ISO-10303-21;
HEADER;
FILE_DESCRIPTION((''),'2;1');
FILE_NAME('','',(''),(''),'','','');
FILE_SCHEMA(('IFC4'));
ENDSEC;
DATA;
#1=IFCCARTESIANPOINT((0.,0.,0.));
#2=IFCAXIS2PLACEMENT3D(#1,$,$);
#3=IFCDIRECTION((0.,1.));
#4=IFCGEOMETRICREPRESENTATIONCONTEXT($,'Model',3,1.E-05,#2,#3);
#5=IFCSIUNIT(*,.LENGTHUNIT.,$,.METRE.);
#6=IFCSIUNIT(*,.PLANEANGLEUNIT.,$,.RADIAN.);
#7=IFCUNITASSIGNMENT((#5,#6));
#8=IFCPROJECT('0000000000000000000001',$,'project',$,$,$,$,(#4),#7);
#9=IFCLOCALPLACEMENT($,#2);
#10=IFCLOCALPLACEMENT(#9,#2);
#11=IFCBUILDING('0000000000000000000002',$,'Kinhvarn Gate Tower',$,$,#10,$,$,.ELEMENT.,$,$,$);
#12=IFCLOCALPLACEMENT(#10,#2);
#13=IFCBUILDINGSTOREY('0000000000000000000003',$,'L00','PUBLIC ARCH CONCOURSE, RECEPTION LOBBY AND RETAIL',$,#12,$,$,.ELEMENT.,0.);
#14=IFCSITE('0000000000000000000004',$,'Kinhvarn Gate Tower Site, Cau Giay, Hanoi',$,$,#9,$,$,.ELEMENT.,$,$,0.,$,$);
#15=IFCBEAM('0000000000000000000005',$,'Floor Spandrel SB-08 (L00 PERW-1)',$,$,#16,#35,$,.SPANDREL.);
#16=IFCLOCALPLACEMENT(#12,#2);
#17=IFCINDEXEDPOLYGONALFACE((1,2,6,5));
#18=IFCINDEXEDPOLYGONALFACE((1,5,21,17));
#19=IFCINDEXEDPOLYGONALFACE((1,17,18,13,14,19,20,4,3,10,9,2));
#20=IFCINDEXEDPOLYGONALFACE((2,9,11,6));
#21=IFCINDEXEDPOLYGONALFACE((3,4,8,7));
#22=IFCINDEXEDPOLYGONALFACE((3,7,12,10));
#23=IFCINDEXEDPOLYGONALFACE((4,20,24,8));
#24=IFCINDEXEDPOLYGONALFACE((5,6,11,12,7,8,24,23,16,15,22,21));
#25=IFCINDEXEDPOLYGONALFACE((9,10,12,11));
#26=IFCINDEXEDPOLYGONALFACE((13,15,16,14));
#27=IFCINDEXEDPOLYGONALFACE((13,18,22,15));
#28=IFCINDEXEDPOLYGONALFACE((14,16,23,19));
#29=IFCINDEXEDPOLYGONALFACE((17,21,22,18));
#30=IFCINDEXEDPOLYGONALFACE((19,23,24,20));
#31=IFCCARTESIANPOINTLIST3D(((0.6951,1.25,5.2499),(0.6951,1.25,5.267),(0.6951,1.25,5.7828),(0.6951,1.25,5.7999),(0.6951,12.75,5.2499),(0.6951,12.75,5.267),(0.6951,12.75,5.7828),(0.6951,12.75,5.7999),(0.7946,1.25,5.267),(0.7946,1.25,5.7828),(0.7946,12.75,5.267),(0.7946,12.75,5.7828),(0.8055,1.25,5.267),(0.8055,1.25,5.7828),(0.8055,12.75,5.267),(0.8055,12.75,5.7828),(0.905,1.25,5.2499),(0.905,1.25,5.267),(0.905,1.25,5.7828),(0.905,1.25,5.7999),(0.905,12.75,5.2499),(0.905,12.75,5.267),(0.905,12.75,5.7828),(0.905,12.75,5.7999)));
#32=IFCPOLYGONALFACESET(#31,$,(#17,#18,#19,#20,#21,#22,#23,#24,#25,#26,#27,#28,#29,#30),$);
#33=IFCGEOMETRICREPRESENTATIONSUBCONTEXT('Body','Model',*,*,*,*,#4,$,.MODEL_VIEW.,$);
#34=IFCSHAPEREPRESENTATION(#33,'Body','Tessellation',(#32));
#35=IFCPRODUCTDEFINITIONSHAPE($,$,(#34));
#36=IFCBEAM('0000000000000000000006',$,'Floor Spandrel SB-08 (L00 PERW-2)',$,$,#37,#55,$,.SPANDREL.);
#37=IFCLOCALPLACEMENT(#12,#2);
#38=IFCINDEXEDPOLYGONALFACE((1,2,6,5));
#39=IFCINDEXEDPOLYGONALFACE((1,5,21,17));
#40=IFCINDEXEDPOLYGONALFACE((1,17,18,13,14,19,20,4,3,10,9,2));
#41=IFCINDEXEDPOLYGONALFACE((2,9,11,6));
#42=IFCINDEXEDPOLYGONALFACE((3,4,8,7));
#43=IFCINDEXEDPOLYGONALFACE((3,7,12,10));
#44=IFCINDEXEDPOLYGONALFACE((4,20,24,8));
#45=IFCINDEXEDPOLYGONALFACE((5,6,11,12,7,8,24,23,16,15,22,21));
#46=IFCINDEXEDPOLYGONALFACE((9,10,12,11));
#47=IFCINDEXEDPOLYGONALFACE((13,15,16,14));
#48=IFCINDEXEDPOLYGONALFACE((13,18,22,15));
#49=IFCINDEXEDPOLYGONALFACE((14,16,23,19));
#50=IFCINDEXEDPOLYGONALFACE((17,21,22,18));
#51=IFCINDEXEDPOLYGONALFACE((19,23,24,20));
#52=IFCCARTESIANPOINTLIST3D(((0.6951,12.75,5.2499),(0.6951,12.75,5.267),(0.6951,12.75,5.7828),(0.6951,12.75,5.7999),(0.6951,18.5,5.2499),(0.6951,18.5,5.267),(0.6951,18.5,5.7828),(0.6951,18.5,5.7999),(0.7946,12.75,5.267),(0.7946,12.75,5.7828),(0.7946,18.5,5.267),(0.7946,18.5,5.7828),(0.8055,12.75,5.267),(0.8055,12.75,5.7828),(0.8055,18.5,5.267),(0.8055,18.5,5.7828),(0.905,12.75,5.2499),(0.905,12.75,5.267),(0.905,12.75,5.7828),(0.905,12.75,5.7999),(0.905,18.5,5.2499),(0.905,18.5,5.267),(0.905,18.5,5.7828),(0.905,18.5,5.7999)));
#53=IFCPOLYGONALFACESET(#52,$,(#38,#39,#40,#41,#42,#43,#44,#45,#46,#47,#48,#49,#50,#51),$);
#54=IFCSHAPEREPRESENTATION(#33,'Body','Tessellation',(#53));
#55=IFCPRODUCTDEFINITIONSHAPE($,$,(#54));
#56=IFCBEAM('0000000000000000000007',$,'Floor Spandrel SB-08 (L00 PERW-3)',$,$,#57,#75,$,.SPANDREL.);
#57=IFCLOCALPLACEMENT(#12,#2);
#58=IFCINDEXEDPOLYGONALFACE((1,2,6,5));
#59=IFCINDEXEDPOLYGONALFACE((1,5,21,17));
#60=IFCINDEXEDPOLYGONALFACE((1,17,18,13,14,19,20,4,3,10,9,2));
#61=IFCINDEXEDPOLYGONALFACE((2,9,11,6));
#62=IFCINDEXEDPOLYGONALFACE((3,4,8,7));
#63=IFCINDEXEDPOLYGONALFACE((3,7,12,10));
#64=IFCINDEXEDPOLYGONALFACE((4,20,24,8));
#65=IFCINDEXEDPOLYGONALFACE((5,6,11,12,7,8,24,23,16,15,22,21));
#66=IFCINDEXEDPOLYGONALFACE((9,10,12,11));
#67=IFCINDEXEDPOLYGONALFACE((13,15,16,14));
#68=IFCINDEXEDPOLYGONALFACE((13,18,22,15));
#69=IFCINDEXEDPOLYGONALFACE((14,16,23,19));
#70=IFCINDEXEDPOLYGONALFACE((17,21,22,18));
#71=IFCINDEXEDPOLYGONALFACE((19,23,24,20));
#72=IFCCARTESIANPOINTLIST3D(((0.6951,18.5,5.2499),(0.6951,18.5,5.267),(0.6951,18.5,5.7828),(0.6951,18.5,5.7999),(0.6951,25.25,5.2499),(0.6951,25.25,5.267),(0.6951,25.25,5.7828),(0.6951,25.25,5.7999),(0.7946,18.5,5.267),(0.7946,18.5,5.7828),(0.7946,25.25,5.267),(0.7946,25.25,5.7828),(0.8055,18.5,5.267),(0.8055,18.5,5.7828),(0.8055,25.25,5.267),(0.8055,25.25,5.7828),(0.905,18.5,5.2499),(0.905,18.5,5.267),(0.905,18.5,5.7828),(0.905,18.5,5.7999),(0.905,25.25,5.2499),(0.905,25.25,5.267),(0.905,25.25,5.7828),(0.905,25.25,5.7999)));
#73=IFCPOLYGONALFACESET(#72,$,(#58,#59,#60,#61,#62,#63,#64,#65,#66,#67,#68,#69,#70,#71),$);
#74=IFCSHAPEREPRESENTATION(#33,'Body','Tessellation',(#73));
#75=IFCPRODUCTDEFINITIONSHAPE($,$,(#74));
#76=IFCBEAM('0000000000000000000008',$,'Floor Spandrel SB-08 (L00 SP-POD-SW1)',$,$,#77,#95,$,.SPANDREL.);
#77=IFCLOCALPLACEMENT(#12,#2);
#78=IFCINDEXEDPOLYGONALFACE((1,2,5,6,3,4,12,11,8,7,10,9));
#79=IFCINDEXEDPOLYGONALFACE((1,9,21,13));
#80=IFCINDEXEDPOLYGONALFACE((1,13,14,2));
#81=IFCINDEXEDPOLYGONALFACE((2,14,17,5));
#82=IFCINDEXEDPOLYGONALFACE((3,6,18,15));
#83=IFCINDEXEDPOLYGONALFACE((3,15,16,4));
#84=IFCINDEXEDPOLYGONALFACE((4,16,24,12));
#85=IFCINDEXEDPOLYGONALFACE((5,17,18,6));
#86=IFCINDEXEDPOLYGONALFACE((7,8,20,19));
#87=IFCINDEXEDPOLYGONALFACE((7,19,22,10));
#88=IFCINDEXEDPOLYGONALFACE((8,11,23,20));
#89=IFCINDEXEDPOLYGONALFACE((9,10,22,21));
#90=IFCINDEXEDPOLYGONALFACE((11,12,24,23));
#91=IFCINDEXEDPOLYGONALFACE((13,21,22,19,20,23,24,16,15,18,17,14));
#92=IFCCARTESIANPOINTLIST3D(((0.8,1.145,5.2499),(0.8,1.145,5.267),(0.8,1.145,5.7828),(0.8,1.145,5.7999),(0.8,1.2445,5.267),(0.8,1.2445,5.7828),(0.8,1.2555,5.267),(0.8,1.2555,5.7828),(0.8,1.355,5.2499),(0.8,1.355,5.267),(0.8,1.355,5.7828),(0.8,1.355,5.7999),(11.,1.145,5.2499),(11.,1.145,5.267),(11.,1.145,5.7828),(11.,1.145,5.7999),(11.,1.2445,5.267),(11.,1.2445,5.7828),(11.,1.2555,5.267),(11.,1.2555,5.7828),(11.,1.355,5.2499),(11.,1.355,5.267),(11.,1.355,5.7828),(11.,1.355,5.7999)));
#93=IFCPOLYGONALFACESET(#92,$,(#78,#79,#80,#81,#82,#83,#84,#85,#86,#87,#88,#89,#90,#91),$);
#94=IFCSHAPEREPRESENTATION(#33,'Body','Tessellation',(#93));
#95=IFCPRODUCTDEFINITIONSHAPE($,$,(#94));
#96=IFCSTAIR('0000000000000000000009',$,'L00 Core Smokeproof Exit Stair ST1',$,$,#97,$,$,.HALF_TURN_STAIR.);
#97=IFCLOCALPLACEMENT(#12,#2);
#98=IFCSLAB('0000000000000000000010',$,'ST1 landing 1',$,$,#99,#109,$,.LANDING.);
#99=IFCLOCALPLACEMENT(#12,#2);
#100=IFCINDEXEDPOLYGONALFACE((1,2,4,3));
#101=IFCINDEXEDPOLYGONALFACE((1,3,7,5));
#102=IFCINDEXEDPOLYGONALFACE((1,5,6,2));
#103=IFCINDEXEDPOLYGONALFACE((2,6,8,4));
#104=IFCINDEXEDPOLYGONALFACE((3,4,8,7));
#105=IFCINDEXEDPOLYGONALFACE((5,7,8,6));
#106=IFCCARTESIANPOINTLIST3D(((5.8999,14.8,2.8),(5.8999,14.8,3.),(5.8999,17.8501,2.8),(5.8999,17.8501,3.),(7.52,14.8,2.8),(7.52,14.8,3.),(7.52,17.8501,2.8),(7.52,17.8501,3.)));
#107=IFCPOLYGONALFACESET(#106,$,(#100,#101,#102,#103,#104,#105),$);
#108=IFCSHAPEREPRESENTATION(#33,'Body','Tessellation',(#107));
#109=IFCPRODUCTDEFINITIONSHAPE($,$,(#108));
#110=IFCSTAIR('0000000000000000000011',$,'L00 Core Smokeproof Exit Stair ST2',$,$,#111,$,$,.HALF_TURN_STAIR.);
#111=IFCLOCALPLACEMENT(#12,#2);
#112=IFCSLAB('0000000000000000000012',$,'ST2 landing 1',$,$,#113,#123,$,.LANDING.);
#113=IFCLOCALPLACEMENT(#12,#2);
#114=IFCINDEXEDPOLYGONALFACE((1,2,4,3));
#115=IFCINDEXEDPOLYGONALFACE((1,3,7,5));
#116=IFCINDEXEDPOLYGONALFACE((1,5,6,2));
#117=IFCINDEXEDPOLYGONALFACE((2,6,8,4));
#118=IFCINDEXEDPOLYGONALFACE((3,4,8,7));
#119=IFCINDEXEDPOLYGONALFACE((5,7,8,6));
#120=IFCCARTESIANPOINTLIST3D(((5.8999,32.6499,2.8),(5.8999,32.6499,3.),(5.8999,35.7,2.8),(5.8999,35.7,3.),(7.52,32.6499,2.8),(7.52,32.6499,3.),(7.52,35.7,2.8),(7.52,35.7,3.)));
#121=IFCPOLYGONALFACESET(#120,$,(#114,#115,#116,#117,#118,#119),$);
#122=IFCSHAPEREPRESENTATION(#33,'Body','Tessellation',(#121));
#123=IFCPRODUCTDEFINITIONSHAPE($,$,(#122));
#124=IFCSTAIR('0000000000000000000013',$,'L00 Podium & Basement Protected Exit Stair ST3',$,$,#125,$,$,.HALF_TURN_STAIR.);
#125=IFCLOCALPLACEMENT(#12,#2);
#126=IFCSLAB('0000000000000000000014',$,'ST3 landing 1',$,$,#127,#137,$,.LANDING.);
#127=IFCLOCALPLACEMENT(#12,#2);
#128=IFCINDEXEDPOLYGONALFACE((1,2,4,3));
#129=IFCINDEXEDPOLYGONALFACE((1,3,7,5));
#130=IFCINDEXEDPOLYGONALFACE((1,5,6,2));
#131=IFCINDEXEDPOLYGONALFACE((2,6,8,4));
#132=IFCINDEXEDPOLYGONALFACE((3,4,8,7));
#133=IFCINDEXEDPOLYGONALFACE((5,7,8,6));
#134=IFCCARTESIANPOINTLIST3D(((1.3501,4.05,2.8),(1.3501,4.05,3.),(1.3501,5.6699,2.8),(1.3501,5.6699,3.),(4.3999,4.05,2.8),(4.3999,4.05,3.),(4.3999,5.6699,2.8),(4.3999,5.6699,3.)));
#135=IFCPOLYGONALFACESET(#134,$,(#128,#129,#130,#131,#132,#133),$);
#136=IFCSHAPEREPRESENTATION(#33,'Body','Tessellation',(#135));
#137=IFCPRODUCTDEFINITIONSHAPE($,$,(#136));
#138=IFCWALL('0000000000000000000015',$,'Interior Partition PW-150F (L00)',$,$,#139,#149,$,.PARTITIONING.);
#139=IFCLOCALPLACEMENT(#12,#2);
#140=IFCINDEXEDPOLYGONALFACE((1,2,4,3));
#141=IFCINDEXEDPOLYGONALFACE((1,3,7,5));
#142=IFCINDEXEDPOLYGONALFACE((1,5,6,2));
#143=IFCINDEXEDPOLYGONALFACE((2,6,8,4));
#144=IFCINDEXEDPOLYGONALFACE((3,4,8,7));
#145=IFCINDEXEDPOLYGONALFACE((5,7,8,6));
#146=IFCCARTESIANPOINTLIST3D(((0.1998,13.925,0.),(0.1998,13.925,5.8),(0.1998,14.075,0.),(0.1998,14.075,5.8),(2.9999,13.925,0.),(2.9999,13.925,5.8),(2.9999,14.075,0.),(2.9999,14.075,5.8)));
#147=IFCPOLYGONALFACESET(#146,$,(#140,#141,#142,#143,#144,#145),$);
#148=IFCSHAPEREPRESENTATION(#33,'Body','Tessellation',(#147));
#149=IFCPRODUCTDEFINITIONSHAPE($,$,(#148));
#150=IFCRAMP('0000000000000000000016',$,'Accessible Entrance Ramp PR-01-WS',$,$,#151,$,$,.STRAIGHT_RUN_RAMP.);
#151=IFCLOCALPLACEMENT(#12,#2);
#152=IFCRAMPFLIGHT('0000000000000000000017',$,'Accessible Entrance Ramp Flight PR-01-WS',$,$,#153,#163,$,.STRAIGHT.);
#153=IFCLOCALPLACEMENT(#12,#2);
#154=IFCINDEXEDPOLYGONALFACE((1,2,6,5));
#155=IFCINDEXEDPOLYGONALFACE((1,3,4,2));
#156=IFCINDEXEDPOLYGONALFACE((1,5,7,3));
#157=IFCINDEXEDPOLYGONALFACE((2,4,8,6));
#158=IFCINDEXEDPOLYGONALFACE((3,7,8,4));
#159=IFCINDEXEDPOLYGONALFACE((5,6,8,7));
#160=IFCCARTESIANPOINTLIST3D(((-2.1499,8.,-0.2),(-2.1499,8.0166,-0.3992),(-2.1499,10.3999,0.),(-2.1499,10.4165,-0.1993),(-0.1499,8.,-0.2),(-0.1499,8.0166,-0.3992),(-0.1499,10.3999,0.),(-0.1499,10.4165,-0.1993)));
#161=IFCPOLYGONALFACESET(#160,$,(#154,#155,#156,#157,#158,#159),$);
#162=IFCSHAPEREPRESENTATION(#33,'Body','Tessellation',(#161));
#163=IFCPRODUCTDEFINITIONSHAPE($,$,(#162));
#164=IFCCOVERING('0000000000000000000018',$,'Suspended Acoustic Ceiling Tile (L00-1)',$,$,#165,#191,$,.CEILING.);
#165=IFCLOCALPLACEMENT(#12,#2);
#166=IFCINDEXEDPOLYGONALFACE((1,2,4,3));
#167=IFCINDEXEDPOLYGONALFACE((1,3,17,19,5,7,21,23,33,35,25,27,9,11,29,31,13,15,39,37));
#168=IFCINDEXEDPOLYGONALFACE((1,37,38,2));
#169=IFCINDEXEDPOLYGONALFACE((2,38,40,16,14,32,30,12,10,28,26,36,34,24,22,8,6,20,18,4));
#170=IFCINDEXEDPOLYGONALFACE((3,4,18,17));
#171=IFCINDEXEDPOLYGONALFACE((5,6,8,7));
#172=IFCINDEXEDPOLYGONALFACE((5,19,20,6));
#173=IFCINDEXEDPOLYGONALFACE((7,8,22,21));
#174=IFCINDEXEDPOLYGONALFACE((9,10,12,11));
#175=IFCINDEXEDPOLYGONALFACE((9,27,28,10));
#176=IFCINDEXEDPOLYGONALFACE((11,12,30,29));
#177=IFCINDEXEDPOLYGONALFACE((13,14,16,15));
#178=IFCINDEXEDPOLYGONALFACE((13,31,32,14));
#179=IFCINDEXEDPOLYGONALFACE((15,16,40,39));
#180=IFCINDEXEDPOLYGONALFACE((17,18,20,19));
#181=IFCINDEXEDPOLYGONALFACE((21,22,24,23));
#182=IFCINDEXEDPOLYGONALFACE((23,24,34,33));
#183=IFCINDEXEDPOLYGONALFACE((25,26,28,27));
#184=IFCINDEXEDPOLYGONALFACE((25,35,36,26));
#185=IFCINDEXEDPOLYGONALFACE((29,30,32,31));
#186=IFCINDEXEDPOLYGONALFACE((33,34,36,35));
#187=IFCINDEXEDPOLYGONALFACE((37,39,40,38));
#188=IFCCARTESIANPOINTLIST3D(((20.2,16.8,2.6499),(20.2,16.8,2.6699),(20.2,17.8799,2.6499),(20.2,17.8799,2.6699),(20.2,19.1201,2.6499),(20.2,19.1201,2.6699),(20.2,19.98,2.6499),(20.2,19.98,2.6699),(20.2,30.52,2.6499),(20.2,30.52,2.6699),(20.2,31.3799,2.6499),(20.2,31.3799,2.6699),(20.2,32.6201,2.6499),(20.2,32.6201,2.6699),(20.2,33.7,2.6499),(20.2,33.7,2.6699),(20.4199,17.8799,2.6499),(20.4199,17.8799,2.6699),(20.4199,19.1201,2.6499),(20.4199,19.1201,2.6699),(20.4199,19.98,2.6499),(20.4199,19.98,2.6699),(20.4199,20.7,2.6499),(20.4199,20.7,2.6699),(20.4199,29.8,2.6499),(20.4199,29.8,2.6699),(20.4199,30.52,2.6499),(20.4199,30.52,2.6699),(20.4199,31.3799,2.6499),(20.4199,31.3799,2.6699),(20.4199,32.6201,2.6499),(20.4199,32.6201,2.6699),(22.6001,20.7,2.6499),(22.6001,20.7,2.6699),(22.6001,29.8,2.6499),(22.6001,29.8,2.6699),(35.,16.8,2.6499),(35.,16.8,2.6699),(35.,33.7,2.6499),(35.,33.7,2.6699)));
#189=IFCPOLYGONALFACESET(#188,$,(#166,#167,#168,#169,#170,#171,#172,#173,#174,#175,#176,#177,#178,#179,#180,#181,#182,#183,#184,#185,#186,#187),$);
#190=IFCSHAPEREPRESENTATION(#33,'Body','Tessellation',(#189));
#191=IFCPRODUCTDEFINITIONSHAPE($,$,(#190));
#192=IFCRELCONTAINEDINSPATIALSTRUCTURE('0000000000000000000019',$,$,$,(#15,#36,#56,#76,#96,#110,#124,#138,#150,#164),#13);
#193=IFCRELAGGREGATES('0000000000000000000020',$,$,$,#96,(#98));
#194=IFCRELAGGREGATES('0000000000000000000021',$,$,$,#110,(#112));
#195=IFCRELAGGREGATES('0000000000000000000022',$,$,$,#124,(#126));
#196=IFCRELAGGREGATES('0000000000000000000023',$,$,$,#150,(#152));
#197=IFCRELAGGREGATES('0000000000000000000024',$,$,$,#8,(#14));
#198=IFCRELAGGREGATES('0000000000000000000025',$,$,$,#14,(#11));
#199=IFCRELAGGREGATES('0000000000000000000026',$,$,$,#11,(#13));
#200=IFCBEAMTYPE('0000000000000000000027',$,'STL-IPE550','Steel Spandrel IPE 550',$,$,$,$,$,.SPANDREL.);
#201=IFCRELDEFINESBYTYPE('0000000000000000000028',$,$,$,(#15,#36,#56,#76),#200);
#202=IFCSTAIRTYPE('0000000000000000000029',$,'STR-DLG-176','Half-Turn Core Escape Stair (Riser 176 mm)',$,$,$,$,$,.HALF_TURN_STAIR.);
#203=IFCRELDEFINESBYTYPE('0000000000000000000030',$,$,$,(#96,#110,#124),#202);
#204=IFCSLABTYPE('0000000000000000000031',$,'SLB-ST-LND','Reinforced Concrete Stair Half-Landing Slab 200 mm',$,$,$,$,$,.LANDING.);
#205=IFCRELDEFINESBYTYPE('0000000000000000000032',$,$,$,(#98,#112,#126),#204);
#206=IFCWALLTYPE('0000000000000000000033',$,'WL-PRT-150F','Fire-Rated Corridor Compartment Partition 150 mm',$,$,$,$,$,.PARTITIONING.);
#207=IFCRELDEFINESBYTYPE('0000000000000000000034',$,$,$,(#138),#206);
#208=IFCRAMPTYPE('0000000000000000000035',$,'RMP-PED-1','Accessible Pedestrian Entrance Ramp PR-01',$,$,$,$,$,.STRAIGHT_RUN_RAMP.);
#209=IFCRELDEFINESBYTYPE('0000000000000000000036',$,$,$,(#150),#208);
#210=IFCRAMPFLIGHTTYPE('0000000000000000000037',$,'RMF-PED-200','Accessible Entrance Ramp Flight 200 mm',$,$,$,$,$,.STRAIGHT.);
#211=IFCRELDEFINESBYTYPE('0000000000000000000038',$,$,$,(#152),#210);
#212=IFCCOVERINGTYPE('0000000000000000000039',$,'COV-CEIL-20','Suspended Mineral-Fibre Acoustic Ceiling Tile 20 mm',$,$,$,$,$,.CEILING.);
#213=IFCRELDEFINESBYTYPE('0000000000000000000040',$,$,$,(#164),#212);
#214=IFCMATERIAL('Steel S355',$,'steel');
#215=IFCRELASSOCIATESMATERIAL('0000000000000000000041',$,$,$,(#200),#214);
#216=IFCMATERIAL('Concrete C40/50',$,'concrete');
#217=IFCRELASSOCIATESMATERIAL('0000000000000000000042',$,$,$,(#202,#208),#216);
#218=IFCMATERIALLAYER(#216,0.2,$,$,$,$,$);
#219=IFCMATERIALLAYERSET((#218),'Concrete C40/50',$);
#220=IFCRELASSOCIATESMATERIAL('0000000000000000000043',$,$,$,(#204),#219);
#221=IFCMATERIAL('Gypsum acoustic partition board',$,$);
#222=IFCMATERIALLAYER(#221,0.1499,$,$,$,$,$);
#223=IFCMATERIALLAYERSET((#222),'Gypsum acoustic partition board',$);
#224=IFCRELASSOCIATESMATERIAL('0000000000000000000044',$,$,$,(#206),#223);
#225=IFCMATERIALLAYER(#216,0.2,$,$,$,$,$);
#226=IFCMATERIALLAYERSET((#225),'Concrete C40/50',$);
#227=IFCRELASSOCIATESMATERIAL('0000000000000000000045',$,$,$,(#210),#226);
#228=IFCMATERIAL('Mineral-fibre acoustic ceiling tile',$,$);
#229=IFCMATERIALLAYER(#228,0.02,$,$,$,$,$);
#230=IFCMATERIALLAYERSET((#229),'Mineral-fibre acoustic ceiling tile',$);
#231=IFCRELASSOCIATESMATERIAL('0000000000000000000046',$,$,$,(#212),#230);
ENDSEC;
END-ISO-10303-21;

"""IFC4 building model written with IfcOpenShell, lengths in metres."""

from ifc_helpers import new_model, si_unit, direction, frame, frame_2d, origin, origin_2d, place, context, subcontext, project, spatial, polyline, rectangle, i_section, outline, extrude, material, layer, layer_set, material_profile, profile_set, type_object, element, aggregate, save


model = new_model("IFC4")

# Units and contexts
model_context = context("Model", 3, precision=1e-05, world=origin(), true_north=direction((0.0, 1.0)))
body_context = subcontext(model_context, "Body", "Model", "MODEL_VIEW")
ifc_project = project(units=[si_unit("LENGTHUNIT", "METRE"), si_unit("PLANEANGLEUNIT", "RADIAN")], contexts=[model_context])

# Site, building, storey
site_placement = place(None, origin())
site = spatial("IfcSite", under=ifc_project, at=site_placement, Name="Kinhvarn Gate Tower Site, Cau Giay, Hanoi", CompositionType="ELEMENT", RefElevation=0.0)
building_placement = place(site_placement, origin())
building = spatial("IfcBuilding", under=site, at=building_placement, Name="Kinhvarn Gate Tower", CompositionType="ELEMENT")
storey_placement = place(building_placement, origin())
storey = spatial("IfcBuildingStorey", under=building, at=storey_placement, Name="L00", Description="PUBLIC ARCH CONCOURSE, RECEPTION LOBBY AND RETAIL", CompositionType="ELEMENT", Elevation=0.0)

# Beams
ifc_material_1 = material(Name="Steel S355", Category="steel")
ifc_material_profile_1 = material_profile(ifc_material_1, i_section(OverallWidth=0.21, OverallDepth=0.55, WebThickness=0.011, FlangeThickness=0.0171, at=origin_2d()), Name="IPE 550")
ifc_profile_set_1 = profile_set([ifc_material_profile_1], Name="Steel S355")
beam_type_1 = type_object("IfcBeamType", Name="STL-IPE550", Description="Steel Spandrel IPE 550", PredefinedType="SPANDREL", material=ifc_profile_set_1)
beam_1_placement = place(storey_placement, frame((0.8, 1.25, 5.5249), z_axis=(0.0, 1.0, 0.0), x_axis=(-1.0, 0.0, 0.0)))
element("IfcBeam", 1, at=beam_1_placement, inside=storey, type_object=beam_type_1, Name="Floor Spandrel SB-08 (L00 PERW-1)", PredefinedType="SPANDREL", context=body_context, shape_type="SweptSolid", body=[
    extrude(i_section(OverallWidth=0.21, OverallDepth=0.55, WebThickness=0.011, FlangeThickness=0.0171, at=origin_2d()), origin(), (0.0, 0.0, 1.0), 11.5),
])
beam_2_placement = place(storey_placement, frame((0.8, 12.75, 5.5249), z_axis=(0.0, 1.0, 0.0), x_axis=(-1.0, 0.0, 0.0)))
element("IfcBeam", 2, at=beam_2_placement, inside=storey, type_object=beam_type_1, Name="Floor Spandrel SB-08 (L00 PERW-2)", PredefinedType="SPANDREL", context=body_context, shape_type="SweptSolid", body=[
    extrude(i_section(OverallWidth=0.21, OverallDepth=0.55, WebThickness=0.011, FlangeThickness=0.0171, at=origin_2d()), origin(), (0.0, 0.0, 1.0), 5.75),
])
beam_3_placement = place(storey_placement, frame((0.8, 18.5, 5.5249), z_axis=(0.0, 1.0, 0.0), x_axis=(-1.0, 0.0, 0.0)))
element("IfcBeam", 3, at=beam_3_placement, inside=storey, type_object=beam_type_1, Name="Floor Spandrel SB-08 (L00 PERW-3)", PredefinedType="SPANDREL", context=body_context, shape_type="SweptSolid", body=[
    extrude(i_section(OverallWidth=0.21, OverallDepth=0.55, WebThickness=0.011, FlangeThickness=0.0171, at=origin_2d()), origin(), (0.0, 0.0, 1.0), 6.75),
])
beam_4_placement = place(storey_placement, frame((0.8, 1.25, 5.5249), z_axis=(1.0, 0.0, 0.0), x_axis=(0.0, 1.0, 0.0)))
element("IfcBeam", 4, at=beam_4_placement, inside=storey, type_object=beam_type_1, Name="Floor Spandrel SB-08 (L00 SP-POD-SW1)", PredefinedType="SPANDREL", context=body_context, shape_type="SweptSolid", body=[
    extrude(i_section(OverallWidth=0.21, OverallDepth=0.55, WebThickness=0.011, FlangeThickness=0.0171, at=origin_2d()), origin(), (0.0, 0.0, 1.0), 10.2),
])

# Stairs, slabs
ifc_material_2 = material(Name="Concrete C40/50", Category="concrete")
stair_type = type_object("IfcStairType", Name="STR-DLG-176", Description="Half-Turn Core Escape Stair (Riser 176 mm)", PredefinedType="HALF_TURN_STAIR", material=ifc_material_2)
stair_1_placement = place(storey_placement, origin())
stair_1 = element("IfcStair", 5, at=stair_1_placement, inside=storey, type_object=stair_type, Name="L00 Core Smokeproof Exit Stair ST1", PredefinedType="HALF_TURN_STAIR")
ifc_layer_1 = layer(ifc_material_2, 0.2)
ifc_layer_set_1 = layer_set([ifc_layer_1], Name="Concrete C40/50")
slab_type = type_object("IfcSlabType", Name="SLB-ST-LND", Description="Reinforced Concrete Stair Half-Landing Slab 200 mm", PredefinedType="LANDING", material=ifc_layer_set_1)
slab_1_placement = place(storey_placement, frame((0.0, 0.0, 2.8)))
slab_1 = element("IfcSlab", 6, at=slab_1_placement, type_object=slab_type, Name="ST1 landing 1", PredefinedType="LANDING", context=body_context, shape_type="SweptSolid", body=[
    extrude(outline(polyline([(7.52, 17.8501), (5.8999, 17.8501), (5.8999, 14.8), (7.52, 14.8), (7.52, 17.8501)])), origin(), (0.0, 0.0, 1.0), 0.2),
])
aggregate(stair_1, [slab_1])
stair_2_placement = place(storey_placement, origin())
stair_2 = element("IfcStair", 7, at=stair_2_placement, inside=storey, type_object=stair_type, Name="L00 Core Smokeproof Exit Stair ST2", PredefinedType="HALF_TURN_STAIR")
slab_2_placement = place(storey_placement, frame((0.0, 0.0, 2.8)))
slab_2 = element("IfcSlab", 8, at=slab_2_placement, type_object=slab_type, Name="ST2 landing 1", PredefinedType="LANDING", context=body_context, shape_type="SweptSolid", body=[
    extrude(outline(polyline([(7.52, 35.7), (5.8999, 35.7), (5.8999, 32.6499), (7.52, 32.6499), (7.52, 35.7)])), origin(), (0.0, 0.0, 1.0), 0.2),
])
aggregate(stair_2, [slab_2])
stair_3_placement = place(storey_placement, origin())
stair_3 = element("IfcStair", 9, at=stair_3_placement, inside=storey, type_object=stair_type, Name="L00 Podium & Basement Protected Exit Stair ST3", PredefinedType="HALF_TURN_STAIR")
slab_3_placement = place(storey_placement, frame((0.0, 0.0, 2.8)))
slab_3 = element("IfcSlab", 10, at=slab_3_placement, type_object=slab_type, Name="ST3 landing 1", PredefinedType="LANDING", context=body_context, shape_type="SweptSolid", body=[
    extrude(outline(polyline([(1.3501, 5.6699), (1.3501, 4.05), (4.3999, 4.05), (4.3999, 5.6699), (1.3501, 5.6699)])), origin(), (0.0, 0.0, 1.0), 0.2),
])
aggregate(stair_3, [slab_3])

# Wall
ifc_material_3 = material(Name="Gypsum acoustic partition board")
ifc_layer_2 = layer(ifc_material_3, 0.1499)
ifc_layer_set_2 = layer_set([ifc_layer_2], Name="Gypsum acoustic partition board")
wall_type_1 = type_object("IfcWallType", Name="WL-PRT-150F", Description="Fire-Rated Corridor Compartment Partition 150 mm", PredefinedType="PARTITIONING", material=ifc_layer_set_2)
wall_1_placement = place(storey_placement, frame((0.2, 14.0, 0.0), z_axis=(0.0, 0.0, 1.0), x_axis=(1.0, 0.0, 0.0)))
element("IfcWall", 11, at=wall_1_placement, inside=storey, type_object=wall_type_1, Name="Interior Partition PW-150F (L00)", PredefinedType="PARTITIONING", context=body_context, shape_type="SweptSolid", body=[
    extrude(rectangle(XDim=2.8, YDim=0.1499, at=frame_2d((1.3999, 0.0))), origin(), (0.0, 0.0, 1.0), 5.8),
])

# Ramp, ramp flight
ramp_type = type_object("IfcRampType", Name="RMP-PED-1", Description="Accessible Pedestrian Entrance Ramp PR-01", PredefinedType="STRAIGHT_RUN_RAMP", material=ifc_material_2)
ramp_placement = place(storey_placement, origin())
ramp = element("IfcRamp", 12, at=ramp_placement, inside=storey, type_object=ramp_type, Name="Accessible Entrance Ramp PR-01-WS", PredefinedType="STRAIGHT_RUN_RAMP")
ifc_layer_3 = layer(ifc_material_2, 0.2)
ifc_layer_set_3 = layer_set([ifc_layer_3], Name="Concrete C40/50")
ramp_flight_type = type_object("IfcRampFlightType", Name="RMF-PED-200", Description="Accessible Entrance Ramp Flight 200 mm", PredefinedType="STRAIGHT", material=ifc_layer_set_3)
ramp_flight_placement = place(storey_placement, frame((-2.1499, 8.0, -0.2), z_axis=(0.0, -0.083029, 0.996547), x_axis=(1.0, 0.0, 0.0)))
ramp_flight = element("IfcRampFlight", 13, at=ramp_flight_placement, type_object=ramp_flight_type, Name="Accessible Entrance Ramp Flight PR-01-WS", PredefinedType="STRAIGHT", context=body_context, shape_type="SweptSolid", body=[
    extrude(outline(polyline([(0.0, 0.0), (2.0, 0.0), (2.0, 2.4082), (0.0, 2.4082), (0.0, 0.0)])), origin(), (0.0, 0.0, -1.0), 0.2),
])
aggregate(ramp, [ramp_flight])

# Covering
ifc_material_4 = material(Name="Mineral-fibre acoustic ceiling tile")
ifc_layer_4 = layer(ifc_material_4, 0.02)
ifc_layer_set_4 = layer_set([ifc_layer_4], Name="Mineral-fibre acoustic ceiling tile")
covering_type_1 = type_object("IfcCoveringType", Name="COV-CEIL-20", Description="Suspended Mineral-Fibre Acoustic Ceiling Tile 20 mm", PredefinedType="CEILING", material=ifc_layer_set_4)
covering_1_placement = place(storey_placement, frame((0.0, 0.0, 2.6499)))
element("IfcCovering", 14, at=covering_1_placement, inside=storey, type_object=covering_type_1, Name="Suspended Acoustic Ceiling Tile (L00-1)", PredefinedType="CEILING", context=body_context, shape_type="SweptSolid", body=[
    extrude(outline(polyline([(35.0, 33.7), (35.0, 16.8), (20.2, 16.8), (20.2, 17.8799), (20.4199, 17.8799), (20.4199, 19.1201), (20.2, 19.1201), (20.2, 19.98), (20.4199, 19.98), (20.4199, 20.7), (22.6001, 20.7), (22.6001, 29.8), (20.4199, 29.8), (20.4199, 30.52), (20.2, 30.52), (20.2, 31.3799), (20.4199, 31.3799), (20.4199, 32.6201), (20.2, 32.6201), (20.2, 33.7), (35.0, 33.7)])), origin(), (0.0, 0.0, 1.0), 0.02),
])

save(model, "model.ifc")
